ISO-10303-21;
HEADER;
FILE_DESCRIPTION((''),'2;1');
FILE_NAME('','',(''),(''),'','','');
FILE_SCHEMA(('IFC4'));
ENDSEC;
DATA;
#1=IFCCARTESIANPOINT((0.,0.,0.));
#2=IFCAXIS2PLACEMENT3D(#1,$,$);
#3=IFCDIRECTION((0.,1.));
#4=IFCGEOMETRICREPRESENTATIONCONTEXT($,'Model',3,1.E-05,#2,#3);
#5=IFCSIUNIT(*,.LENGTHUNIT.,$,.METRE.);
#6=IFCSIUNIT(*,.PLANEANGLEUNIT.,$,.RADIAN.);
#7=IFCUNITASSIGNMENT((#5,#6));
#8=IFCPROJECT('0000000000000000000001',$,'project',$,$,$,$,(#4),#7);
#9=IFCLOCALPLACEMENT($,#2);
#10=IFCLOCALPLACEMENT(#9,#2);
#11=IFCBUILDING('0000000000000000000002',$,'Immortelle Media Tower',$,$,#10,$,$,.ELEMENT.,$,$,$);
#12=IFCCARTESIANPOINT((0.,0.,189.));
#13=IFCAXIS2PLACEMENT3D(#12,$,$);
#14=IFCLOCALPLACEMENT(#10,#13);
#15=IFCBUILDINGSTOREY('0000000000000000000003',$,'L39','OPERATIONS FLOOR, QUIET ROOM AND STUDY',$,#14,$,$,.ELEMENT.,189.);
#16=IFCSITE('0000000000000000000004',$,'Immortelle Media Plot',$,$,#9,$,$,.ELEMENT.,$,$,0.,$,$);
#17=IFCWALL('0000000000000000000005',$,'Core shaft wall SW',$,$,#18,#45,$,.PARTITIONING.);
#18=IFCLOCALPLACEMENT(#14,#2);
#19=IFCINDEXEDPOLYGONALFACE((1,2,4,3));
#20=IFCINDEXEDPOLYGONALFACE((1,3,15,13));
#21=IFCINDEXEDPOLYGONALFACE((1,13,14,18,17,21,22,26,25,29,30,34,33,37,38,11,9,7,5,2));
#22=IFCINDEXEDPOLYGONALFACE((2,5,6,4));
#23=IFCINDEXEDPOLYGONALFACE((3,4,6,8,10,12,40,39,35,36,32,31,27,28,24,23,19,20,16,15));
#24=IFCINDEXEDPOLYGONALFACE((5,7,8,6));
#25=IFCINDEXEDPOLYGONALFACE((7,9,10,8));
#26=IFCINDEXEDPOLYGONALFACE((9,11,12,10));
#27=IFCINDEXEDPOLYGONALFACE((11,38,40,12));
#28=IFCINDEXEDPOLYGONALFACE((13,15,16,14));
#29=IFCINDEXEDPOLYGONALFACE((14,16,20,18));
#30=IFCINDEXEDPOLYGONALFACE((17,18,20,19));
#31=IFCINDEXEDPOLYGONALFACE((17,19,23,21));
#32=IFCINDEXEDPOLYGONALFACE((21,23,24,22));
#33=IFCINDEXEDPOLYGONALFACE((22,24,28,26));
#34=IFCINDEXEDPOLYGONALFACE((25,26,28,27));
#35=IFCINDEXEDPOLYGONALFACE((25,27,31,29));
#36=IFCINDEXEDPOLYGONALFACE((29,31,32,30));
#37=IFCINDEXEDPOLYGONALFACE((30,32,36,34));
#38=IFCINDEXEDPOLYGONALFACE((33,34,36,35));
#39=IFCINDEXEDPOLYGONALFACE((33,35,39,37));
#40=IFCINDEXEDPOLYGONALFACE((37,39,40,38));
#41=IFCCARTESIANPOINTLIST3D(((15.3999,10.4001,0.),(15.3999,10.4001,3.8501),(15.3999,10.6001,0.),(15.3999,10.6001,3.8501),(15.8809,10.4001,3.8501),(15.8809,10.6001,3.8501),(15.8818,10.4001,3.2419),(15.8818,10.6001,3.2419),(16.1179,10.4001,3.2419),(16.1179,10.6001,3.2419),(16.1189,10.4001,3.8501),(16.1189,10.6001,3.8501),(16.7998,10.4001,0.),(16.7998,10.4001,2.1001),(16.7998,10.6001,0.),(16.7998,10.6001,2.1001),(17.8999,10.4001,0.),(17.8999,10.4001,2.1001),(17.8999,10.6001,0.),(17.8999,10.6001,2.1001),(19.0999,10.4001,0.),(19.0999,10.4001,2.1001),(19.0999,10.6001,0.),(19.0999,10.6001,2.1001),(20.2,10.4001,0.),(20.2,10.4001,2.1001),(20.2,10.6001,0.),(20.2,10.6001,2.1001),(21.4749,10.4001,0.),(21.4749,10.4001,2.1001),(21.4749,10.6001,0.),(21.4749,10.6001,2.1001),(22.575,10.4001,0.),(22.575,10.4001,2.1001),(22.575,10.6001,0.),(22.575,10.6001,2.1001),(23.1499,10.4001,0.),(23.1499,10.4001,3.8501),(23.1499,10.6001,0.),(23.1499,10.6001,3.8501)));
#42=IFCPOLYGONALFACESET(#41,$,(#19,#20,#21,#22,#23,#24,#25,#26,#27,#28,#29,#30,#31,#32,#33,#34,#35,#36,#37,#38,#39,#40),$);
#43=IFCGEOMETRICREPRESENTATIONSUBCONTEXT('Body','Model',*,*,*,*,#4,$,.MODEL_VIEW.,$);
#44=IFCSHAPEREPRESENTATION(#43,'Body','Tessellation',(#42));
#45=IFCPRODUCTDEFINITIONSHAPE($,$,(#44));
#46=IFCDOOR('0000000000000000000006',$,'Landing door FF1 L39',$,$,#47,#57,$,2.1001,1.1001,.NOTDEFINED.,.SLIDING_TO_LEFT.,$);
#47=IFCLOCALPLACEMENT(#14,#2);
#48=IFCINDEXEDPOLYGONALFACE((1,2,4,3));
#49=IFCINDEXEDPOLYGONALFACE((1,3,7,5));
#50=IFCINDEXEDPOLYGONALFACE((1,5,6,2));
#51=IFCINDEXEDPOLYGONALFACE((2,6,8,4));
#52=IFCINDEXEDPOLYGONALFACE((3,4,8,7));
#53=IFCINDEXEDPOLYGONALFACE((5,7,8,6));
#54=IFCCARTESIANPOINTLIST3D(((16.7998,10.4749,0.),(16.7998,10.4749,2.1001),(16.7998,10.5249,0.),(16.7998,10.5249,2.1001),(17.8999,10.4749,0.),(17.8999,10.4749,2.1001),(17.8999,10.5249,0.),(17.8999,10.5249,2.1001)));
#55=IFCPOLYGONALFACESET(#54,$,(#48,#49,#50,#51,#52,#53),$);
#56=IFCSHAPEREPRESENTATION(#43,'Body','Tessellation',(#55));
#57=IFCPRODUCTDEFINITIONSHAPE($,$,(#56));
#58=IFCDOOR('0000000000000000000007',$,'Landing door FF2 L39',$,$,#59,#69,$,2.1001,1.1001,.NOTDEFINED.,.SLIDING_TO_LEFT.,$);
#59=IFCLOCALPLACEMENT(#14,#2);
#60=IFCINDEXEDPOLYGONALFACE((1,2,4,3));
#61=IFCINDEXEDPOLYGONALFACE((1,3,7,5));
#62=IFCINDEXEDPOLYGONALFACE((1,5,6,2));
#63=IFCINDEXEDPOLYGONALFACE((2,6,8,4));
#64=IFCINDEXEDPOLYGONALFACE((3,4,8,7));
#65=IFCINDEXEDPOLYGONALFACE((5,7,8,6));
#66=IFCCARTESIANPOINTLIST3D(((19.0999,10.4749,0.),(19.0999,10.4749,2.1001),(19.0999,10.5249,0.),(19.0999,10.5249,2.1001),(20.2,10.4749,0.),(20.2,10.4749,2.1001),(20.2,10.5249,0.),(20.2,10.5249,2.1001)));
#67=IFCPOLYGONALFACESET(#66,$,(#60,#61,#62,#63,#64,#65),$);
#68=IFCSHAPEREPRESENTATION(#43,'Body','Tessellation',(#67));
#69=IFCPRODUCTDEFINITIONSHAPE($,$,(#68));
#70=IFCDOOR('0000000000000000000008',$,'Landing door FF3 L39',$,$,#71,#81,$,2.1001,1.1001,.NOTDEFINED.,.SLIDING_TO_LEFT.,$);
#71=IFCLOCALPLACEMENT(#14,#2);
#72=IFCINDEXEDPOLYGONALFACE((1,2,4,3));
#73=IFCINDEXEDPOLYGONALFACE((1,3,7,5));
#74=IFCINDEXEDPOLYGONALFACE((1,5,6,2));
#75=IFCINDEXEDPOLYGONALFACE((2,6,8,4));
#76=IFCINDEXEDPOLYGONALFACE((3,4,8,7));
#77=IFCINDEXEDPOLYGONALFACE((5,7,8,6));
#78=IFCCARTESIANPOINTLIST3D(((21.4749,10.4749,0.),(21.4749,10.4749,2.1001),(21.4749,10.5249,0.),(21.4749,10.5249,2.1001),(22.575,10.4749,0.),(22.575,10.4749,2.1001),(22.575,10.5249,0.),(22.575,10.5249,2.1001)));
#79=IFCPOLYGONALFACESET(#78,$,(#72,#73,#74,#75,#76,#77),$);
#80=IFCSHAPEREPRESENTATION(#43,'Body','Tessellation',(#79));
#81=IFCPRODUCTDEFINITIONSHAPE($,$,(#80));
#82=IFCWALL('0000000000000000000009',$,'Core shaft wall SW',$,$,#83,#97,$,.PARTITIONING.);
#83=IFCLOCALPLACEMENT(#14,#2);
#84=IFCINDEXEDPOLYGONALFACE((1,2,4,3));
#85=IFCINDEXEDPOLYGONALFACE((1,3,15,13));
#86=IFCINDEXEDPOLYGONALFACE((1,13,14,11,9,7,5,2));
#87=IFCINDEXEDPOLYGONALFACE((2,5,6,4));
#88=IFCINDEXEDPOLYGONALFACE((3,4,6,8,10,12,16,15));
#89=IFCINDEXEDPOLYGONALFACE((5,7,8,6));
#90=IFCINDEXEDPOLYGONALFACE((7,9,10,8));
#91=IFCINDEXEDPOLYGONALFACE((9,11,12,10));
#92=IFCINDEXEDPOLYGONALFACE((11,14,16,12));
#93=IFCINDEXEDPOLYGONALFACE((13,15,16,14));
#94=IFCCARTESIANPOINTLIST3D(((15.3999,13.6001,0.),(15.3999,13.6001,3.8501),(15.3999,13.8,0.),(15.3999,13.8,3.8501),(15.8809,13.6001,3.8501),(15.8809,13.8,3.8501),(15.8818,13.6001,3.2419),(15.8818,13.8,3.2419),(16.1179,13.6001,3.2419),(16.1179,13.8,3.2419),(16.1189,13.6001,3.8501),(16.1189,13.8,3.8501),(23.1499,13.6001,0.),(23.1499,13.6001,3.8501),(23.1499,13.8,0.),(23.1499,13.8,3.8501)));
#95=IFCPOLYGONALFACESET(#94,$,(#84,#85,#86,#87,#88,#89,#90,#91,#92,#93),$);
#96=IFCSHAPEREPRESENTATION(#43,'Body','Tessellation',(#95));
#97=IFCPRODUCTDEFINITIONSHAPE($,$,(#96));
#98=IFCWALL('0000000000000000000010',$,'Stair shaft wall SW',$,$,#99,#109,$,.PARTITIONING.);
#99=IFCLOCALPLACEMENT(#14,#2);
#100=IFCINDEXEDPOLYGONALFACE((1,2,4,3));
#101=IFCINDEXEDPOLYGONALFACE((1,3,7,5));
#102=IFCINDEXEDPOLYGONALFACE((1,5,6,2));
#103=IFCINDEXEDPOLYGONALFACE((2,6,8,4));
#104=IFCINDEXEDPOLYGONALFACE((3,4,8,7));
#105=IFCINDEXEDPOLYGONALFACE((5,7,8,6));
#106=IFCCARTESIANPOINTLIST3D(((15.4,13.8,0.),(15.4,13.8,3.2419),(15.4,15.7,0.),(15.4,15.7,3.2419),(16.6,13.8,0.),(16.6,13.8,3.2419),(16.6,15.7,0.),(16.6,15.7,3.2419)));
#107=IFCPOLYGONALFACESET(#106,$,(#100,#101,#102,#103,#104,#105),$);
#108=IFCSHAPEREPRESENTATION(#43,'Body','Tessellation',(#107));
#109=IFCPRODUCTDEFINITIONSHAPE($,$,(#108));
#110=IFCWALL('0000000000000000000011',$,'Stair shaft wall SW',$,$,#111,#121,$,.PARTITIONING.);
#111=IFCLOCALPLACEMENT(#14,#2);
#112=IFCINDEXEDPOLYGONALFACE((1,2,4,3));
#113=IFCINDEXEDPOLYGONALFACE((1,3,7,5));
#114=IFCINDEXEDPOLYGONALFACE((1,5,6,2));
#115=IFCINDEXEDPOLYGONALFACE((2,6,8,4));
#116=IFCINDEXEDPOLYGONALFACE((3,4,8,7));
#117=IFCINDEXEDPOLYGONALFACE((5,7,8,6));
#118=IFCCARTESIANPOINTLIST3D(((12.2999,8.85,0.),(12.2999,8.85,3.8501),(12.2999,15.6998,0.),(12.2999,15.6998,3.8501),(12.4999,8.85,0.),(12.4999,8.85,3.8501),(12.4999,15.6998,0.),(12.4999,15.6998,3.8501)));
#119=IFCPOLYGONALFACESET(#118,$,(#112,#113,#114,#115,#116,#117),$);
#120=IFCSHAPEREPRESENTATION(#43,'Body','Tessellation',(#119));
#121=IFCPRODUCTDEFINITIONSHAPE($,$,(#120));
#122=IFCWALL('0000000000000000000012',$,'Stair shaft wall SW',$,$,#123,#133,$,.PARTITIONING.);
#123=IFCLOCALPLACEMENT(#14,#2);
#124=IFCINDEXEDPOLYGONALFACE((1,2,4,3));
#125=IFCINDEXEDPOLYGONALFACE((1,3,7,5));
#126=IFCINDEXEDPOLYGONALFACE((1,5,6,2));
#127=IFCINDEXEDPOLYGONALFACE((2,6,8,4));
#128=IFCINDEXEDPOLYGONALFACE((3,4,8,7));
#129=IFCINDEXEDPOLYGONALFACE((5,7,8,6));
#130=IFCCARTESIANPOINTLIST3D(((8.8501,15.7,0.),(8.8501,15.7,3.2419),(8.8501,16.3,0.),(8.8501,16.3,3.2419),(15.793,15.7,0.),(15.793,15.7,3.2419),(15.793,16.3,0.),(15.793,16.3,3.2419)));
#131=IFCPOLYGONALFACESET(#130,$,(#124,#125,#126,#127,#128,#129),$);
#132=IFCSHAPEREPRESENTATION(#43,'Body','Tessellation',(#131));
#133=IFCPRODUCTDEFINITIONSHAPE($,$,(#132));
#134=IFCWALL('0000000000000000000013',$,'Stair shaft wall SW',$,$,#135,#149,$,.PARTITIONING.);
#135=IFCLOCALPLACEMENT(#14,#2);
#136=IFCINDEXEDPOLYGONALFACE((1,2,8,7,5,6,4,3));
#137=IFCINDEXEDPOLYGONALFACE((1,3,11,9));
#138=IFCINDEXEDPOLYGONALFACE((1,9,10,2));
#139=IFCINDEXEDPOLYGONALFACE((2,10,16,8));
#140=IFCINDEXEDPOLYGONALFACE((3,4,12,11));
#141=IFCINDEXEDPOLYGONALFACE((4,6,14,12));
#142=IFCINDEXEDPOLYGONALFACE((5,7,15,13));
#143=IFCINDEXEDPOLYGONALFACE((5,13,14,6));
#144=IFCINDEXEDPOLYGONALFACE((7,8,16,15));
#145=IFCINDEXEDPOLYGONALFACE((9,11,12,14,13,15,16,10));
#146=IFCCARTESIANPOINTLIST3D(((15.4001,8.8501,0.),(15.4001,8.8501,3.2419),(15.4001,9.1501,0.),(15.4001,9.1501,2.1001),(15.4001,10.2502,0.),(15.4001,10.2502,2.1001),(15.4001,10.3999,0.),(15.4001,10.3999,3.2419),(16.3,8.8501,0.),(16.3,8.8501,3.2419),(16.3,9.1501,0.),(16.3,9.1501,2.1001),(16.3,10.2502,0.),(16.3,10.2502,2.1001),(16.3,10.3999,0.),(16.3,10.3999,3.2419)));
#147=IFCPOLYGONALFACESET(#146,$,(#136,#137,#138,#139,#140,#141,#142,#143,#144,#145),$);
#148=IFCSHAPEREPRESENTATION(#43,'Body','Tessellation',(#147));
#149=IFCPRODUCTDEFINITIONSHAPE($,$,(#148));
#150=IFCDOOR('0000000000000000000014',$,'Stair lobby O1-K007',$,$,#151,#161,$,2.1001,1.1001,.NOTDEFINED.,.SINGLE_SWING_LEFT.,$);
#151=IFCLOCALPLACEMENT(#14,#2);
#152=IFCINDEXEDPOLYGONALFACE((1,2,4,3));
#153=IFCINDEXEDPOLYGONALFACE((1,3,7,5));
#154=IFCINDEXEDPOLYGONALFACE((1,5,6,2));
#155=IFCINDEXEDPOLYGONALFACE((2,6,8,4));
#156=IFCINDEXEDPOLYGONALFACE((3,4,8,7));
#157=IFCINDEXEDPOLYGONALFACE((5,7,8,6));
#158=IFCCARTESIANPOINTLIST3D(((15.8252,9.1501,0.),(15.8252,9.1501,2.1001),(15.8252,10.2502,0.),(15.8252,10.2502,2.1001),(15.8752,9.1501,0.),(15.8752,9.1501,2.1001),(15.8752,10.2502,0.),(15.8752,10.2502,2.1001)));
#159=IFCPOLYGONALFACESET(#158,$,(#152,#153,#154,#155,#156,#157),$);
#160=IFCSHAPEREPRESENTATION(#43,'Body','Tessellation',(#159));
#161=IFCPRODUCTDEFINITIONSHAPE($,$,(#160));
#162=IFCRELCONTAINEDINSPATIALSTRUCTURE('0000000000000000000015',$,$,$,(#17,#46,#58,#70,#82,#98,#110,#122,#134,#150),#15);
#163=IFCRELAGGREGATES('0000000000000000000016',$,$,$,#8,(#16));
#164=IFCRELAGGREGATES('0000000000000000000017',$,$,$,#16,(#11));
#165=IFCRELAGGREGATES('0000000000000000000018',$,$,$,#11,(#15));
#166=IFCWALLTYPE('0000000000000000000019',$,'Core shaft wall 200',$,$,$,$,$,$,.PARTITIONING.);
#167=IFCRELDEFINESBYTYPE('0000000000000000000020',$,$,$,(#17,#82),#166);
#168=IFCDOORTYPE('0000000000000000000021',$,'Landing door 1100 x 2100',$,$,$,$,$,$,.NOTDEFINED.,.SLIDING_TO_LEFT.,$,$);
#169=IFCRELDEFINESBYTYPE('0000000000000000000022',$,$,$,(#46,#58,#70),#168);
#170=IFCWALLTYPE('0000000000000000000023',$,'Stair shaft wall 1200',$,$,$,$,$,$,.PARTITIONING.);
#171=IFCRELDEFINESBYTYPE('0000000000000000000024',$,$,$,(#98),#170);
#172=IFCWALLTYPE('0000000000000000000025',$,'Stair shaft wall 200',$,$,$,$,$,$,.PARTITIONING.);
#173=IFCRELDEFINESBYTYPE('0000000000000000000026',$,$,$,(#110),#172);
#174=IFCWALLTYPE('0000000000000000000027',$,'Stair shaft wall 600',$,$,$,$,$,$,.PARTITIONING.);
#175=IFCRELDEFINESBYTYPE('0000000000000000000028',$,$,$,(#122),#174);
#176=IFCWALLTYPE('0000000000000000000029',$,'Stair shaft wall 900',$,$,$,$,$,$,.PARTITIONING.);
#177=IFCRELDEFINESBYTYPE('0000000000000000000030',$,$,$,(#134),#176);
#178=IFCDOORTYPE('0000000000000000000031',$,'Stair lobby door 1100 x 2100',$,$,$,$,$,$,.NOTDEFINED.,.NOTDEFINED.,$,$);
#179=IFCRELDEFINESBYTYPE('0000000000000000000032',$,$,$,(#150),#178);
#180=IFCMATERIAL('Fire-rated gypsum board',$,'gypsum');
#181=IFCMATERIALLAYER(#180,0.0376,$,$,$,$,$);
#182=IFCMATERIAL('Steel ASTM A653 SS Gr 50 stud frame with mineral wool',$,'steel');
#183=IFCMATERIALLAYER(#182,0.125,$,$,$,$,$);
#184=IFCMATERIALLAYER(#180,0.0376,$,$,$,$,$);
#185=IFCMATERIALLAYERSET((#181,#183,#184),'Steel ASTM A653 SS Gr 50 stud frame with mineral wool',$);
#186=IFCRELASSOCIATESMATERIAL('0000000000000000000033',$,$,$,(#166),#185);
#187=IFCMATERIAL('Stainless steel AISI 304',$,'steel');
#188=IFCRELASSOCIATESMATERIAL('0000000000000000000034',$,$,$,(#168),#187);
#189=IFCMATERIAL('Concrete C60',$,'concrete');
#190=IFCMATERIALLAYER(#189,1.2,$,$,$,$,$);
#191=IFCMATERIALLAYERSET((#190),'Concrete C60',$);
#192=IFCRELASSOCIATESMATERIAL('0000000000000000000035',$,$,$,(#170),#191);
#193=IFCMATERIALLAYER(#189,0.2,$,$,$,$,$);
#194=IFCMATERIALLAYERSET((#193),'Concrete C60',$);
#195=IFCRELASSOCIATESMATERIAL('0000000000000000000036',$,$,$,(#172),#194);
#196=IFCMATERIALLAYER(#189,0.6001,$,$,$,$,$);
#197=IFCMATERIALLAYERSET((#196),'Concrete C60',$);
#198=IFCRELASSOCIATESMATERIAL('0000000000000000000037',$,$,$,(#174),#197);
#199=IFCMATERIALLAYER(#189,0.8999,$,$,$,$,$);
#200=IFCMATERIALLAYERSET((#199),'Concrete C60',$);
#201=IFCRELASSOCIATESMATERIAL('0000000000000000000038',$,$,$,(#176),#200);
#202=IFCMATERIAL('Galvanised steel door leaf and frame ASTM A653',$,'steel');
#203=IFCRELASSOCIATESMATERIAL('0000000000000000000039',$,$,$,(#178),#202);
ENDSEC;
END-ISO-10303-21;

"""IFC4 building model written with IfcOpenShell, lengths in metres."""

from ifc_helpers import new_model, si_unit, direction, frame, frame_2d, origin, place, context, subcontext, project, spatial, polyline, rectangle, outline, extrude, material, layer, layer_set, type_object, element, fill, save


model = new_model("IFC4")

# Units and contexts
model_context = context("Model", 3, precision=1e-05, world=origin(), true_north=direction((0.0, 1.0)))
body_context = subcontext(model_context, "Body", "Model", "MODEL_VIEW")
ifc_project = project(units=[si_unit("LENGTHUNIT", "METRE"), si_unit("PLANEANGLEUNIT", "RADIAN")], contexts=[model_context])

# Site, building, storey
site_placement = place(None, origin())
site = spatial("IfcSite", under=ifc_project, at=site_placement, Name="Immortelle Media Plot", CompositionType="ELEMENT", RefElevation=0.0)
building_placement = place(site_placement, origin())
building = spatial("IfcBuilding", under=site, at=building_placement, Name="Immortelle Media Tower", CompositionType="ELEMENT")
storey_placement = place(building_placement, frame((0.0, 0.0, 189.0)))
storey = spatial("IfcBuildingStorey", under=building, at=storey_placement, Name="L39", Description="OPERATIONS FLOOR, QUIET ROOM AND STUDY", CompositionType="ELEMENT", Elevation=189.0)

# Wall, openings, doors
ifc_material_1 = material(Name="Fire-rated gypsum board", Category="gypsum")
ifc_layer_1 = layer(ifc_material_1, 0.0376)
ifc_material_2 = material(Name="Steel ASTM A653 SS Gr 50 stud frame with mineral wool", Category="steel")
ifc_layer_2 = layer(ifc_material_2, 0.125)
ifc_layer_3 = layer(ifc_material_1, 0.0376)
ifc_layer_set_1 = layer_set([ifc_layer_1, ifc_layer_2, ifc_layer_3], Name="Steel ASTM A653 SS Gr 50 stud frame with mineral wool")
wall_type_1 = type_object("IfcWallType", Name="Core shaft wall 200", PredefinedType="PARTITIONING", material=ifc_layer_set_1)
wall_1_placement = place(storey_placement, frame((15.3999, 10.5, 0.0), z_axis=(0.0, 0.0, 1.0), x_axis=(1.0, 0.0, 0.0)))
wall_1 = element("IfcWall", 1, at=wall_1_placement, inside=storey, type_object=wall_type_1, Name="Core shaft wall SW", PredefinedType="PARTITIONING", context=body_context, shape_type="SweptSolid", body=[
    extrude(outline(polyline([(0.0, 0.0), (7.75, 0.0), (7.75, 3.8501), (0.719, 3.8501), (0.718, 3.2419), (0.4819, 3.2419), (0.481, 3.8501), (0.0, 3.8501), (0.0, 0.0)])), frame((0.0, 0.1001, 0.0), z_axis=(0.0, -1.0, 0.0), x_axis=(1.0, 0.0, 0.0)), (0.0, 0.0, 1.0), 0.2),
])
opening_1_placement = place(wall_1_placement, frame((1.3999, 0.0, 0.0)))
opening_1 = element("IfcOpeningElement", 2, at=opening_1_placement, cuts=wall_1, PredefinedType="OPENING", context=body_context, shape_type="SweptSolid", body=[
    extrude(rectangle(XDim=1.1001, YDim=2.1001, at=frame_2d((0.55, 1.05))), frame((0.0, 0.1099, 0.0), z_axis=(0.0, -1.0, 0.0), x_axis=(1.0, 0.0, 0.0)), (0.0, 0.0, 1.0), 0.22),
])
opening_2_placement = place(wall_1_placement, frame((3.7, 0.0, 0.0)))
opening_2 = element("IfcOpeningElement", 3, at=opening_2_placement, cuts=wall_1, PredefinedType="OPENING", context=body_context, shape_type="SweptSolid", body=[
    extrude(rectangle(XDim=1.1001, YDim=2.1001, at=frame_2d((0.55, 1.05))), frame((0.0, 0.1099, 0.0), z_axis=(0.0, -1.0, 0.0), x_axis=(1.0, 0.0, 0.0)), (0.0, 0.0, 1.0), 0.22),
])
opening_3_placement = place(wall_1_placement, frame((6.075, 0.0, 0.0)))
opening_3 = element("IfcOpeningElement", 4, at=opening_3_placement, cuts=wall_1, PredefinedType="OPENING", context=body_context, shape_type="SweptSolid", body=[
    extrude(rectangle(XDim=1.1001, YDim=2.1001, at=frame_2d((0.55, 1.05))), frame((0.0, 0.1099, 0.0), z_axis=(0.0, -1.0, 0.0), x_axis=(1.0, 0.0, 0.0)), (0.0, 0.0, 1.0), 0.22),
])
ifc_material_3 = material(Name="Stainless steel AISI 304", Category="steel")
door_type_1 = type_object("IfcDoorType", Name="Landing door 1100 x 2100", OperationType="SLIDING_TO_LEFT", PredefinedType="NOTDEFINED", material=ifc_material_3)
door_1_placement = place(opening_1_placement, origin())
door_1 = element("IfcDoor", 5, at=door_1_placement, inside=storey, type_object=door_type_1, Name="Landing door FF1 L39", OperationType="SLIDING_TO_LEFT", OverallHeight=2.1001, OverallWidth=1.1001, PredefinedType="NOTDEFINED", context=body_context, shape_type="SweptSolid", body=[
    extrude(rectangle(XDim=1.1001, YDim=2.1001, at=frame_2d((0.55, 1.05))), frame((0.0, 0.0249, 0.0), z_axis=(0.0, -1.0, 0.0), x_axis=(1.0, 0.0, 0.0)), (0.0, 0.0, 1.0), 0.05),
])
fill(opening_1, door_1)
door_2_placement = place(opening_2_placement, origin())
door_2 = element("IfcDoor", 6, at=door_2_placement, inside=storey, type_object=door_type_1, Name="Landing door FF2 L39", OperationType="SLIDING_TO_LEFT", OverallHeight=2.1001, OverallWidth=1.1001, PredefinedType="NOTDEFINED", context=body_context, shape_type="SweptSolid", body=[
    extrude(rectangle(XDim=1.1001, YDim=2.1001, at=frame_2d((0.55, 1.05))), frame((0.0, 0.0249, 0.0), z_axis=(0.0, -1.0, 0.0), x_axis=(1.0, 0.0, 0.0)), (0.0, 0.0, 1.0), 0.05),
])
fill(opening_2, door_2)
door_3_placement = place(opening_3_placement, origin())
door_3 = element("IfcDoor", 7, at=door_3_placement, inside=storey, type_object=door_type_1, Name="Landing door FF3 L39", OperationType="SLIDING_TO_LEFT", OverallHeight=2.1001, OverallWidth=1.1001, PredefinedType="NOTDEFINED", context=body_context, shape_type="SweptSolid", body=[
    extrude(rectangle(XDim=1.1001, YDim=2.1001, at=frame_2d((0.55, 1.05))), frame((0.0, 0.0249, 0.0), z_axis=(0.0, -1.0, 0.0), x_axis=(1.0, 0.0, 0.0)), (0.0, 0.0, 1.0), 0.05),
])
fill(opening_3, door_3)

# Walls
wall_2_placement = place(storey_placement, frame((15.3999, 13.7, 0.0), z_axis=(0.0, 0.0, 1.0), x_axis=(1.0, 0.0, 0.0)))
element("IfcWall", 8, at=wall_2_placement, inside=storey, type_object=wall_type_1, Name="Core shaft wall SW", PredefinedType="PARTITIONING", context=body_context, shape_type="SweptSolid", body=[
    extrude(outline(polyline([(0.0, 0.0), (7.75, 0.0), (7.75, 3.8501), (0.719, 3.8501), (0.718, 3.2419), (0.4819, 3.2419), (0.481, 3.8501), (0.0, 3.8501), (0.0, 0.0)])), frame((0.0, 0.1001, 0.0), z_axis=(0.0, -1.0, 0.0), x_axis=(1.0, 0.0, 0.0)), (0.0, 0.0, 1.0), 0.2),
])
ifc_material_4 = material(Name="Concrete C60", Category="concrete")
ifc_layer_4 = layer(ifc_material_4, 1.2)
ifc_layer_set_2 = layer_set([ifc_layer_4], Name="Concrete C60")
wall_type_2 = type_object("IfcWallType", Name="Stair shaft wall 1200", PredefinedType="PARTITIONING", material=ifc_layer_set_2)
wall_3_placement = place(storey_placement, frame((16.0, 13.8, 0.0), z_axis=(0.0, 0.0, 1.0), x_axis=(0.0, 1.0, 0.0)))
element("IfcWall", 9, at=wall_3_placement, inside=storey, type_object=wall_type_2, Name="Stair shaft wall SW", PredefinedType="PARTITIONING", context=body_context, shape_type="SweptSolid", body=[
    extrude(rectangle(XDim=1.8999, YDim=1.2, at=frame_2d((0.95, 0.0))), origin(), (0.0, 0.0, 1.0), 3.2419),
])
ifc_layer_5 = layer(ifc_material_4, 0.2)
ifc_layer_set_3 = layer_set([ifc_layer_5], Name="Concrete C60")
wall_type_3 = type_object("IfcWallType", Name="Stair shaft wall 200", PredefinedType="PARTITIONING", material=ifc_layer_set_3)
wall_4_placement = place(storey_placement, frame((12.3999, 8.8501, 0.0), z_axis=(0.0, 0.0, 1.0), x_axis=(0.0, 1.0, 0.0)))
element("IfcWall", 10, at=wall_4_placement, inside=storey, type_object=wall_type_3, Name="Stair shaft wall SW", PredefinedType="PARTITIONING", context=body_context, shape_type="SweptSolid", body=[
    extrude(rectangle(XDim=6.8499, YDim=0.2, at=frame_2d((3.4248, 0.0))), origin(), (0.0, 0.0, 1.0), 3.8501),
])
ifc_layer_6 = layer(ifc_material_4, 0.6001)
ifc_layer_set_4 = layer_set([ifc_layer_6], Name="Concrete C60")
wall_type_4 = type_object("IfcWallType", Name="Stair shaft wall 600", PredefinedType="PARTITIONING", material=ifc_layer_set_4)
wall_5_placement = place(storey_placement, frame((8.8501, 16.0, 0.0), z_axis=(0.0, 0.0, 1.0), x_axis=(1.0, 0.0, 0.0)))
element("IfcWall", 11, at=wall_5_placement, inside=storey, type_object=wall_type_4, Name="Stair shaft wall SW", PredefinedType="PARTITIONING", context=body_context, shape_type="SweptSolid", body=[
    extrude(rectangle(XDim=6.9429, YDim=0.6001, at=frame_2d((3.4714, 0.0))), origin(), (0.0, 0.0, 1.0), 3.2419),
])

# Wall, opening, door
ifc_layer_7 = layer(ifc_material_4, 0.8999)
ifc_layer_set_5 = layer_set([ifc_layer_7], Name="Concrete C60")
wall_type_5 = type_object("IfcWallType", Name="Stair shaft wall 900", PredefinedType="PARTITIONING", material=ifc_layer_set_5)
wall_6_placement = place(storey_placement, frame((15.8501, 8.8501, 0.0), z_axis=(0.0, 0.0, 1.0), x_axis=(0.0, 1.0, 0.0)))
wall_6 = element("IfcWall", 12, at=wall_6_placement, inside=storey, type_object=wall_type_5, Name="Stair shaft wall SW", PredefinedType="PARTITIONING", context=body_context, shape_type="SweptSolid", body=[
    extrude(rectangle(XDim=1.5498, YDim=0.8999, at=frame_2d((0.7749, 0.0))), origin(), (0.0, 0.0, 1.0), 3.2419),
])
opening_4_placement = place(wall_6_placement, frame((0.3, 0.0, 0.0)))
opening_4 = element("IfcOpeningElement", 13, at=opening_4_placement, cuts=wall_6, PredefinedType="OPENING", context=body_context, shape_type="SweptSolid", body=[
    extrude(rectangle(XDim=1.1001, YDim=2.1001, at=frame_2d((0.55, 1.05))), frame((0.0, 0.46, 0.0), z_axis=(0.0, -1.0, 0.0), x_axis=(1.0, 0.0, 0.0)), (0.0, 0.0, 1.0), 0.9199),
])
ifc_material_5 = material(Name="Galvanised steel door leaf and frame ASTM A653", Category="steel")
door_type_2 = type_object("IfcDoorType", Name="Stair lobby door 1100 x 2100", OperationType="NOTDEFINED", PredefinedType="NOTDEFINED", material=ifc_material_5)
door_4_placement = place(opening_4_placement, origin())
door_4 = element("IfcDoor", 14, at=door_4_placement, inside=storey, type_object=door_type_2, Name="Stair lobby O1-K007", OperationType="SINGLE_SWING_LEFT", OverallHeight=2.1001, OverallWidth=1.1001, PredefinedType="NOTDEFINED", context=body_context, shape_type="SweptSolid", body=[
    extrude(rectangle(XDim=1.1001, YDim=2.1001, at=frame_2d((0.55, 1.05))), frame((0.0, 0.0249, 0.0), z_axis=(0.0, -1.0, 0.0), x_axis=(1.0, 0.0, 0.0)), (0.0, 0.0, 1.0), 0.05),
])
fill(opening_4, door_4)

save(model, "model.ifc")
